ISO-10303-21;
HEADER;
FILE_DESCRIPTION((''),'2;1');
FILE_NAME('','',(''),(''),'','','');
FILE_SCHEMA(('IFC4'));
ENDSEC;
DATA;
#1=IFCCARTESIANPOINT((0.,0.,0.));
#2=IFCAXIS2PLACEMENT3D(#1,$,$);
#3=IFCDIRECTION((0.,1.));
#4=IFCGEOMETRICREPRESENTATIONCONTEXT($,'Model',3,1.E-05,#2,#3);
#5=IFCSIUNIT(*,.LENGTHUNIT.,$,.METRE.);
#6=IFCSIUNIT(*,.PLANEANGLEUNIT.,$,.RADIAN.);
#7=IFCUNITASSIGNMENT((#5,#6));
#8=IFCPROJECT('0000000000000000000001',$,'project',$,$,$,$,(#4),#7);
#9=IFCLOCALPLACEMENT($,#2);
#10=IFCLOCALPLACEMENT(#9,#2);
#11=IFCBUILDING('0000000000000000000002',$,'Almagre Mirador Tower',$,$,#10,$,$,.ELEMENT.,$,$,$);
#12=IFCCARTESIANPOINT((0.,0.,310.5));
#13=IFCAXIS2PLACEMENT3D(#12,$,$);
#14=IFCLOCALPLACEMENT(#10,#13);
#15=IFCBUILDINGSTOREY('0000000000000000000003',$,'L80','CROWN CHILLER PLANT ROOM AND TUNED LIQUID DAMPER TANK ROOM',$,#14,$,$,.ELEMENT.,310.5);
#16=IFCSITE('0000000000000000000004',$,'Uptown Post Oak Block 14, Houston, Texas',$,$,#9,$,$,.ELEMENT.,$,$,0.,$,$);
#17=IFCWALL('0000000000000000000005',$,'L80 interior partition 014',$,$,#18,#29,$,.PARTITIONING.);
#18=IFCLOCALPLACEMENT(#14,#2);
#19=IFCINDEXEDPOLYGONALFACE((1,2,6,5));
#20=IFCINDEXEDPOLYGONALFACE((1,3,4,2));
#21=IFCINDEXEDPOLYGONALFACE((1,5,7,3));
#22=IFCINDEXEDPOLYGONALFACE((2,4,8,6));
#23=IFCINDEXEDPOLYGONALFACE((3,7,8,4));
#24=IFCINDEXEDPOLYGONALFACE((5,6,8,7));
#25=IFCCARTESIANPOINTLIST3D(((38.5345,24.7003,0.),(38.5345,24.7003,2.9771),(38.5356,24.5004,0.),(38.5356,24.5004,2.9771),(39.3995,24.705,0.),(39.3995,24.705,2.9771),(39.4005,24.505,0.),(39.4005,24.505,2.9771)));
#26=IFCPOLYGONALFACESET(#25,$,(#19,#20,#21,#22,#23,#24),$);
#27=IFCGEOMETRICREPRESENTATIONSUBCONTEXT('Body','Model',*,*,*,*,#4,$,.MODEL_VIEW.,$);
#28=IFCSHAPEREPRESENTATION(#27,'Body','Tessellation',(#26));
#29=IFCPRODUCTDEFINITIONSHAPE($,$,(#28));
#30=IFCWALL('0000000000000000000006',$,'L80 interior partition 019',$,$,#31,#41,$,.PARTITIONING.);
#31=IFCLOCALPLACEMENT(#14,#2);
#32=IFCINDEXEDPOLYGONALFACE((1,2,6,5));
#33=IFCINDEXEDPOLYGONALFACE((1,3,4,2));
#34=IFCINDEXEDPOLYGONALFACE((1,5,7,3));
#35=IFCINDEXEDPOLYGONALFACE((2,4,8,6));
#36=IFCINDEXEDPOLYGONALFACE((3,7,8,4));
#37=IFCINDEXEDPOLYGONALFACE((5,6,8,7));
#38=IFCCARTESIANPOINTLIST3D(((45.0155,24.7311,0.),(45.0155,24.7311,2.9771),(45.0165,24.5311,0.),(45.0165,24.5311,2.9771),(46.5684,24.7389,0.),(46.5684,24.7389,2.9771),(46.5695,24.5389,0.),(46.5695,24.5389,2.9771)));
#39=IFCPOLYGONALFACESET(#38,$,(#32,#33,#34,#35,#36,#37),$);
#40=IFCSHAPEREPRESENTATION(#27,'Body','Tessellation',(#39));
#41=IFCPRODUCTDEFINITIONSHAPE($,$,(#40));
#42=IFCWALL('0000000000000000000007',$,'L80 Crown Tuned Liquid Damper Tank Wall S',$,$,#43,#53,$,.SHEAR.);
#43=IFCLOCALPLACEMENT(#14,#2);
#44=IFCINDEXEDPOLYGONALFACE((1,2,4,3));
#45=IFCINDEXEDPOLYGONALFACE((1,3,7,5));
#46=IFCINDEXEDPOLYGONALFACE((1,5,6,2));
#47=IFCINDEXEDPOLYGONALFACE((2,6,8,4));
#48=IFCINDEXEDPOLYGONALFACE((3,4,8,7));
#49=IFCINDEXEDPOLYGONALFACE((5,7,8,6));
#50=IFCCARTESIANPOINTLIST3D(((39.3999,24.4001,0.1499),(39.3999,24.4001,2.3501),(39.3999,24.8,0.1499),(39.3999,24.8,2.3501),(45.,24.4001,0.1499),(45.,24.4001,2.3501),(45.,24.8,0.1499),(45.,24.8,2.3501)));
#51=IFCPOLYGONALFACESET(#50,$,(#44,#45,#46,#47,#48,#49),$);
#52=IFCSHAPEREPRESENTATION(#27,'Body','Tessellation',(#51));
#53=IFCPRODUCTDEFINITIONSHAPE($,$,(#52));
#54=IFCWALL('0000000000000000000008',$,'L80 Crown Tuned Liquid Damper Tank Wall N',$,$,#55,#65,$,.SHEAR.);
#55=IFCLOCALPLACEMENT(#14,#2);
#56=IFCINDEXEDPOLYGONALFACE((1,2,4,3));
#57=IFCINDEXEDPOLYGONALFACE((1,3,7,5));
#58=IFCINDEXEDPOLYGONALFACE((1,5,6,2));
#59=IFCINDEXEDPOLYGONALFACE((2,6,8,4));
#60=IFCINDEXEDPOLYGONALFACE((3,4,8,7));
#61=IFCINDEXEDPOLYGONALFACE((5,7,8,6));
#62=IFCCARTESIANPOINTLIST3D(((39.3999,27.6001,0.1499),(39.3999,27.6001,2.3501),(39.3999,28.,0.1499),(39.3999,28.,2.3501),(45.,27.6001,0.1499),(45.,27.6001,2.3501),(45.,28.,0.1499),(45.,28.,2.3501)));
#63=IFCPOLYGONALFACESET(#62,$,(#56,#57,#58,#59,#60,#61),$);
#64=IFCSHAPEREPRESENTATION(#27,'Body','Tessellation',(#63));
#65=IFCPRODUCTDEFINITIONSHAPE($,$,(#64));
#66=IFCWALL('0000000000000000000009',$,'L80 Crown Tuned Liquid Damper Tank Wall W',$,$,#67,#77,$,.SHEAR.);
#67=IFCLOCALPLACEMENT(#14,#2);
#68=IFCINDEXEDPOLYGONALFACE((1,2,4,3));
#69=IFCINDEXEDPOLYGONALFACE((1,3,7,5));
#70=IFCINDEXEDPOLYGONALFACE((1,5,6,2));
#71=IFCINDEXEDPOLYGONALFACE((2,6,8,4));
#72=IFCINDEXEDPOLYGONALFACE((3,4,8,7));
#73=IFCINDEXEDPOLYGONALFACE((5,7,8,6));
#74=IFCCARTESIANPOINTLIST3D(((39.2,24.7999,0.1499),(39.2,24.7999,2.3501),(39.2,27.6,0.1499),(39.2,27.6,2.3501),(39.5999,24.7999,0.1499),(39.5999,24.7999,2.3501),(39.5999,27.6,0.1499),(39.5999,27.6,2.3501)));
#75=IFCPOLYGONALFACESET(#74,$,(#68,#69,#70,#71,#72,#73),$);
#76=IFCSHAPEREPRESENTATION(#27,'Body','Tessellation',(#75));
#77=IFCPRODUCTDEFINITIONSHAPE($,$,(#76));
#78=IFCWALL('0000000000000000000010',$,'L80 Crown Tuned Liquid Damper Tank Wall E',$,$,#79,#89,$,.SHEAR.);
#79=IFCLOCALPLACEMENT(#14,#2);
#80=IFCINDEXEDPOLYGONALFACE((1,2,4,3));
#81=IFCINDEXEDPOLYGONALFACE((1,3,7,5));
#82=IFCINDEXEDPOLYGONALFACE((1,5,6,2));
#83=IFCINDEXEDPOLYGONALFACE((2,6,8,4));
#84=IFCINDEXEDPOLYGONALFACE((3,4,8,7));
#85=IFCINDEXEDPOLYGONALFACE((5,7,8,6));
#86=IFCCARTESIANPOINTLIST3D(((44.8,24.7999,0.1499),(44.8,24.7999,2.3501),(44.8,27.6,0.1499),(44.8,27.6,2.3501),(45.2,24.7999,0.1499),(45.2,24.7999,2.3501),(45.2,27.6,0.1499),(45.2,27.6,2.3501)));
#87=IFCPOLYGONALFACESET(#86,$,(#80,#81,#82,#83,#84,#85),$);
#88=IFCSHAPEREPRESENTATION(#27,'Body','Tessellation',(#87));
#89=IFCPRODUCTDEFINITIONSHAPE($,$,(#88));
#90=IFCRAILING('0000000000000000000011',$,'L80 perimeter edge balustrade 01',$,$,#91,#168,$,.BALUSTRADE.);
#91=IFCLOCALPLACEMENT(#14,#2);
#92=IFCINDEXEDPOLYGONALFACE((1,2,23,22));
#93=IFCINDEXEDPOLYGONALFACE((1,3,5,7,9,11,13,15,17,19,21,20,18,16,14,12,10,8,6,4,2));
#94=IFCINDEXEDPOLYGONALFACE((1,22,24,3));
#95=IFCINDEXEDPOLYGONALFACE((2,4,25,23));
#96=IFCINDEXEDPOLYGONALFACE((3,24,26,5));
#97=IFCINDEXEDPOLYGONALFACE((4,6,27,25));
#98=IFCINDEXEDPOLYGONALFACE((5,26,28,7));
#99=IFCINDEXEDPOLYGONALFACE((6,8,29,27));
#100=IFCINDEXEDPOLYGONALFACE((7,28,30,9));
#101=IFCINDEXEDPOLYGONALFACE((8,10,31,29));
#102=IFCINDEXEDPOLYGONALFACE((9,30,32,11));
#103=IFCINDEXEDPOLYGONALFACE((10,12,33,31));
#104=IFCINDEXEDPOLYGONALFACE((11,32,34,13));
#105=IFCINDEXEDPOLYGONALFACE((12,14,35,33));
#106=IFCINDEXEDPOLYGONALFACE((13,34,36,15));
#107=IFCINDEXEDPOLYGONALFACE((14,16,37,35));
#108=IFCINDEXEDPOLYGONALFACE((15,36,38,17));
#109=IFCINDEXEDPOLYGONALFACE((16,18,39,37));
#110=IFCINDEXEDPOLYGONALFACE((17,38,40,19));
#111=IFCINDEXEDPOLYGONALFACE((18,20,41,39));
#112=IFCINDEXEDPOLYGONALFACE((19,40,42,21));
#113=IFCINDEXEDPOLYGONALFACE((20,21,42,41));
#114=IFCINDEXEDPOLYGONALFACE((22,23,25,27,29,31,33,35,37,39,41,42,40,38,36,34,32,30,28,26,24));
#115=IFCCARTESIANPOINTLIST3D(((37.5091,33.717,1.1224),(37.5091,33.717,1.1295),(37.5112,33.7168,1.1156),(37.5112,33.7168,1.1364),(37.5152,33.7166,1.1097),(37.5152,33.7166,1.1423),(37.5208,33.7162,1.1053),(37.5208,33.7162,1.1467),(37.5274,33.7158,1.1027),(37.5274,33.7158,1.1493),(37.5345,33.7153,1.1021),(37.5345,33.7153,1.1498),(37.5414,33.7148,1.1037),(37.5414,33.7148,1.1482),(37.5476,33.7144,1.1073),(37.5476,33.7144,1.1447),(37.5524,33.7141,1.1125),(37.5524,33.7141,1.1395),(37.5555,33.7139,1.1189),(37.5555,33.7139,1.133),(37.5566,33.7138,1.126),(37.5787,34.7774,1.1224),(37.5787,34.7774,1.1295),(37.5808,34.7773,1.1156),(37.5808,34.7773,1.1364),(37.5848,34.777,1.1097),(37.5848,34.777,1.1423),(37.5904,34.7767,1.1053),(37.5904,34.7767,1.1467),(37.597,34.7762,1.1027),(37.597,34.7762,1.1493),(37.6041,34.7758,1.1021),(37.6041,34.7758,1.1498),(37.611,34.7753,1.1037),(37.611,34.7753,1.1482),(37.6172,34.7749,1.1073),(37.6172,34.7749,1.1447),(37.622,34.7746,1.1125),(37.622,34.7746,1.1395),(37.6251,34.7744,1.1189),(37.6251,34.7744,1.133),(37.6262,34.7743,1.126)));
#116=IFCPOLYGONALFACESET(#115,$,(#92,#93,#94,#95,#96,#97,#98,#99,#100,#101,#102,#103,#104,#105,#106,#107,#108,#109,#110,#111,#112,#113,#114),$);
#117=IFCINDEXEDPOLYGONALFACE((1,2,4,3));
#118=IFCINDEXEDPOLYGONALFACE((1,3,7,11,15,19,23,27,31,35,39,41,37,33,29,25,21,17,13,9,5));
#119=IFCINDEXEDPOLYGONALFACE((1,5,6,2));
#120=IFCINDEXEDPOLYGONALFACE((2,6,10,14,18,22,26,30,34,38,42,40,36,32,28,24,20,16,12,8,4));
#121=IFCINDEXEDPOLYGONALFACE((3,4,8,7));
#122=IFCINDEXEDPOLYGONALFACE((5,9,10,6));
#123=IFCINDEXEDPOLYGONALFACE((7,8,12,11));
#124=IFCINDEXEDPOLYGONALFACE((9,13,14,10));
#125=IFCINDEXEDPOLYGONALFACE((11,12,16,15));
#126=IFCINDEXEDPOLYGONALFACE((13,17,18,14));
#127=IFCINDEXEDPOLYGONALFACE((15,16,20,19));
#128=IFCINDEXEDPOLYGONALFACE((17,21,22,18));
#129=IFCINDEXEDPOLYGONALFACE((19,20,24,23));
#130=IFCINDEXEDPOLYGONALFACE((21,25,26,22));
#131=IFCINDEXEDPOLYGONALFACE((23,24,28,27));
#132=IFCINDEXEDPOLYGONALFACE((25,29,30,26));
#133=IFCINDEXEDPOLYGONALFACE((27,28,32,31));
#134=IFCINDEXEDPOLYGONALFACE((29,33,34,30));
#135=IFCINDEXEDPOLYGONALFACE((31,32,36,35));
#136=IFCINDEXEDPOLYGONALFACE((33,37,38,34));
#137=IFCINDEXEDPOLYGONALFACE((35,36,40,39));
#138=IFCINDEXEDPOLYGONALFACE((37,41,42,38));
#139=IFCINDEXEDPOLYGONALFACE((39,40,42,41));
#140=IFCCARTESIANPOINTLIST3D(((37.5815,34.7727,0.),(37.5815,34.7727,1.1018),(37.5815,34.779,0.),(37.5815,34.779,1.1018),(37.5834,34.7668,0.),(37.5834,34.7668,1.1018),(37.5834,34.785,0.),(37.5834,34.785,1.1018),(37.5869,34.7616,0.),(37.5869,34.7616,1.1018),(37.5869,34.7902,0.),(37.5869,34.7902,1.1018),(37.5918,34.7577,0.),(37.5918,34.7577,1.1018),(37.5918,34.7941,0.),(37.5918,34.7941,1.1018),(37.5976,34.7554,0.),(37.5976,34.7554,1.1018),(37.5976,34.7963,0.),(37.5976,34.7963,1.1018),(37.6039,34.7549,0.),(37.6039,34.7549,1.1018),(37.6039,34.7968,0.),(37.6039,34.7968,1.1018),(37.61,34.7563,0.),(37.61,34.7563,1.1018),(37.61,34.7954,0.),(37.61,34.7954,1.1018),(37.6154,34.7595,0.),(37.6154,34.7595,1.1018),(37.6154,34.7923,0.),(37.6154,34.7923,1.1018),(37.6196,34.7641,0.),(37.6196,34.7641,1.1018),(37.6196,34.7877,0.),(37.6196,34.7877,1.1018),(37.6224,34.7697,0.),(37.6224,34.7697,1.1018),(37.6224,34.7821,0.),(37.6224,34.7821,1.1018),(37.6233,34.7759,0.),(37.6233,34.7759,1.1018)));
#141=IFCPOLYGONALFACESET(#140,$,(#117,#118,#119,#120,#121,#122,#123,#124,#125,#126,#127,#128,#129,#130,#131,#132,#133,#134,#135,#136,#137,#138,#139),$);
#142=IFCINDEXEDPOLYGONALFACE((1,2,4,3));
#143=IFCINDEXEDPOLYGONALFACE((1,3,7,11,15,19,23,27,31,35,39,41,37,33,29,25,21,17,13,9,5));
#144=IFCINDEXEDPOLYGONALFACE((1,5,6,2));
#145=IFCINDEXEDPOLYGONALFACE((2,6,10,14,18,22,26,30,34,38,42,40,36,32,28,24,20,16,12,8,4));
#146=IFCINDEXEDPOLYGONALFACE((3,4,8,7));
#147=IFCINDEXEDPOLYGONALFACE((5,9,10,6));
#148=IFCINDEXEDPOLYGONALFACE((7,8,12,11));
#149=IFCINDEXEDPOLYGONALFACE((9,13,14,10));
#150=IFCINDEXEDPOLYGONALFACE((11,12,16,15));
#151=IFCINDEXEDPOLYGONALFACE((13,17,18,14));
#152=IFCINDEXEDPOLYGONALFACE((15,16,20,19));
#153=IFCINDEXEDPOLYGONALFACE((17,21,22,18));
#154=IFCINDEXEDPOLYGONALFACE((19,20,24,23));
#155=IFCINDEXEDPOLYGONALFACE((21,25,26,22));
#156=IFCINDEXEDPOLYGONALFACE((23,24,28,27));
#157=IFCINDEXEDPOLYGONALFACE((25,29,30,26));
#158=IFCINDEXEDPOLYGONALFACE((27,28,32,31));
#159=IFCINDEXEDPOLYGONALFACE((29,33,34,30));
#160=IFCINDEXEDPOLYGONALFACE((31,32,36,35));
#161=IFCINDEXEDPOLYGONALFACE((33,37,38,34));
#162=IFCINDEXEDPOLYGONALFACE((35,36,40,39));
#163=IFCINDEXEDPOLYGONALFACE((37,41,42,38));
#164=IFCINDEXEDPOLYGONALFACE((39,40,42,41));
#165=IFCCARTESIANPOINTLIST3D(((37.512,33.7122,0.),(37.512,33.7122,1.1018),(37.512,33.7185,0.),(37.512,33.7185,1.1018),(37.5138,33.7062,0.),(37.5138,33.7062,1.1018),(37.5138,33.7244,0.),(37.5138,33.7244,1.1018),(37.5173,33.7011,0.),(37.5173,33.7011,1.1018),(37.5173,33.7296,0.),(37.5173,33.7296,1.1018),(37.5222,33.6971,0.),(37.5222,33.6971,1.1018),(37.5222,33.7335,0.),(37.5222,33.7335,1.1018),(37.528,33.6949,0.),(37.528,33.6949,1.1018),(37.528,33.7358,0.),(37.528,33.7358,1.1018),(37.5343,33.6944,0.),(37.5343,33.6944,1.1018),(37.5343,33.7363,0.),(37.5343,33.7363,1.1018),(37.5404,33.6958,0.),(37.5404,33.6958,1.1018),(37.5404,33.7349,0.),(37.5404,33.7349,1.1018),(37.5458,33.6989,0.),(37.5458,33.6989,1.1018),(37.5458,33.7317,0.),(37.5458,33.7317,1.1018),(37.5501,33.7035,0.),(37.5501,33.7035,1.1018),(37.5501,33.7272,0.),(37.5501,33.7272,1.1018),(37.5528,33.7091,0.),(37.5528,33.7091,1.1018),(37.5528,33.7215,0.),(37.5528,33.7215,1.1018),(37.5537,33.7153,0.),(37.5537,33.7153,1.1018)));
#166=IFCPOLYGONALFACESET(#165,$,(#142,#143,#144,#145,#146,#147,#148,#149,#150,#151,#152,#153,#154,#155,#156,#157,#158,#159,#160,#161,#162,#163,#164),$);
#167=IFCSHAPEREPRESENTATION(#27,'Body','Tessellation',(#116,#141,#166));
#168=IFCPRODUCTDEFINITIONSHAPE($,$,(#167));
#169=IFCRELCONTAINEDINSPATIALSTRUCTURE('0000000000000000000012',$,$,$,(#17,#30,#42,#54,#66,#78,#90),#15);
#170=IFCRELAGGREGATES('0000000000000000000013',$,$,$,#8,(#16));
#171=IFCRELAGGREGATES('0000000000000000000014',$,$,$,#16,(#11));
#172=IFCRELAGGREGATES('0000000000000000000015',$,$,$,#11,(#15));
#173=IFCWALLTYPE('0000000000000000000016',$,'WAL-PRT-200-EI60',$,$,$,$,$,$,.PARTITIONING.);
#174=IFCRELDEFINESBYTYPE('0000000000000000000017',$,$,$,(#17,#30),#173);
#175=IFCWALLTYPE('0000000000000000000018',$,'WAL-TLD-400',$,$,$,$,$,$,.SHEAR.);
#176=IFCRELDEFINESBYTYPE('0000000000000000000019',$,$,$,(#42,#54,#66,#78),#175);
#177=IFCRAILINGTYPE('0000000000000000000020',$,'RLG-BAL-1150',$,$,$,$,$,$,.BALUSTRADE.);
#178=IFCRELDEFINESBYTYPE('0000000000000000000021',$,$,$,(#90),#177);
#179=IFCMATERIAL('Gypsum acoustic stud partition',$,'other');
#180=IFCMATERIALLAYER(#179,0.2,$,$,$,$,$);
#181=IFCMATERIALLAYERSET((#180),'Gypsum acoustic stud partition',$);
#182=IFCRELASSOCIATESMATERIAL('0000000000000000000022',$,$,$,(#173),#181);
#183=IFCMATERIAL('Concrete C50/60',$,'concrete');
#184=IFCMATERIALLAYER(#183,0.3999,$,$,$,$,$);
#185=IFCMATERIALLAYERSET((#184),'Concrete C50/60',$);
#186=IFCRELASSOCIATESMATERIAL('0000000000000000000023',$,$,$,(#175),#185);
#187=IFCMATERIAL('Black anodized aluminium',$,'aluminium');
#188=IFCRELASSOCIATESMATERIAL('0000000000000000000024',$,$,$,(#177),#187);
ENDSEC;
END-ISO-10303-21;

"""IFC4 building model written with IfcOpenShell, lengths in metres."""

from ifc_helpers import new_model, si_unit, direction, frame, frame_2d, origin, origin_2d, place, context, subcontext, project, spatial, rectangle, circle, extrude, material, layer, layer_set, type_object, element, save


model = new_model("IFC4")

# Units and contexts
model_context = context("Model", 3, precision=1e-05, world=origin(), true_north=direction((0.0, 1.0)))
body_context = subcontext(model_context, "Body", "Model", "MODEL_VIEW")
ifc_project = project(units=[si_unit("LENGTHUNIT", "METRE"), si_unit("PLANEANGLEUNIT", "RADIAN")], contexts=[model_context])

# Site, building, storey
site_placement = place(None, origin())
site = spatial("IfcSite", under=ifc_project, at=site_placement, Name="Uptown Post Oak Block 14, Houston, Texas", CompositionType="ELEMENT", RefElevation=0.0)
building_placement = place(site_placement, origin())
building = spatial("IfcBuilding", under=site, at=building_placement, Name="Almagre Mirador Tower", CompositionType="ELEMENT")
storey_placement = place(building_placement, frame((0.0, 0.0, 310.5)))
storey = spatial("IfcBuildingStorey", under=building, at=storey_placement, Name="L80", Description="CROWN CHILLER PLANT ROOM AND TUNED LIQUID DAMPER TANK ROOM", CompositionType="ELEMENT", Elevation=310.5)

# Shared definitions
ifc_material_1 = material(Name="Gypsum acoustic stud partition", Category="other")
ifc_layer_1 = layer(ifc_material_1, 0.2)
ifc_layer_set_1 = layer_set([ifc_layer_1], Name="Gypsum acoustic stud partition")
wall_type_1 = type_object("IfcWallType", Name="WAL-PRT-200-EI60", PredefinedType="PARTITIONING", material=ifc_layer_set_1)

# Walls
wall_1_placement = place(storey_placement, frame((38.5349, 24.6003, 0.0), z_axis=(0.0, 0.0, 1.0), x_axis=(0.999986, 0.005363, 0.0)))
element("IfcWall", 1, at=wall_1_placement, inside=storey, type_object=wall_type_1, Name="L80 interior partition 014", PredefinedType="PARTITIONING", context=body_context, shape_type="SweptSolid", body=[
    extrude(rectangle(XDim=0.865, YDim=0.2, at=frame_2d((0.4326, 0.0))), origin(), (0.0, 0.0, 1.0), 2.9771),
])
wall_2_placement = place(storey_placement, frame((45.0161, 24.6311, 0.0), z_axis=(0.0, 0.0, 1.0), x_axis=(0.999987, 0.005031, 0.0)))
element("IfcWall", 2, at=wall_2_placement, inside=storey, type_object=wall_type_1, Name="L80 interior partition 019", PredefinedType="PARTITIONING", context=body_context, shape_type="SweptSolid", body=[
    extrude(rectangle(XDim=1.553, YDim=0.2, at=frame_2d((0.7764, 0.0))), origin(), (0.0, 0.0, 1.0), 2.9771),
])
ifc_material_2 = material(Name="Concrete C50/60", Category="concrete")
ifc_layer_2 = layer(ifc_material_2, 0.3999)
ifc_layer_set_2 = layer_set([ifc_layer_2], Name="Concrete C50/60")
wall_type_2 = type_object("IfcWallType", Name="WAL-TLD-400", PredefinedType="SHEAR", material=ifc_layer_set_2)
for number, where, z_axis, x_axis, name in (
    (3, (39.3999, 24.6001, 0.1499), (0.0, 0.0, 1.0), (1.0, 0.0, 0.0), "L80 Crown Tuned Liquid Damper Tank Wall S"),
    (4, (39.3999, 27.8, 0.1499), (0.0, 0.0, 1.0), (1.0, 0.0, 0.0), "L80 Crown Tuned Liquid Damper Tank Wall N"),
):
    element("IfcWall", number, at=place(storey_placement, frame(where, z_axis=z_axis, x_axis=x_axis)), inside=storey, type_object=wall_type_2, Name=name, PredefinedType="SHEAR", context=body_context, shape_type="SweptSolid", body=[
        extrude(rectangle(XDim=5.6001, YDim=0.3999, at=frame_2d((2.8, 0.0))), origin(), (0.0, 0.0, 1.0), 2.2002),
    ])
for number, where, z_axis, x_axis, name in (
    (5, (39.3999, 24.8, 0.1499), (0.0, 0.0, 1.0), (0.0, 1.0, 0.0), "L80 Crown Tuned Liquid Damper Tank Wall W"),
    (6, (45.0, 24.8, 0.1499), (0.0, 0.0, 1.0), (0.0, 1.0, 0.0), "L80 Crown Tuned Liquid Damper Tank Wall E"),
):
    element("IfcWall", number, at=place(storey_placement, frame(where, z_axis=z_axis, x_axis=x_axis)), inside=storey, type_object=wall_type_2, Name=name, PredefinedType="SHEAR", context=body_context, shape_type="SweptSolid", body=[
        extrude(rectangle(XDim=2.8, YDim=0.3999, at=frame_2d((1.3999, 0.0))), origin(), (0.0, 0.0, 1.0), 2.2002),
    ])

# Railing
ifc_material_3 = material(Name="Black anodized aluminium", Category="aluminium")
railing_type = type_object("IfcRailingType", Name="RLG-BAL-1150", PredefinedType="BALUSTRADE", material=ifc_material_3)
railing_1_placement = place(storey_placement, frame((37.6023, 34.7759, 0.0)))
element("IfcRailing", 7, at=railing_1_placement, inside=storey, type_object=railing_type, Name="L80 perimeter edge balustrade 01", PredefinedType="BALUSTRADE", context=body_context, shape_type="SweptSolid", body=[
    extrude(circle(Radius=0.0239, at=origin_2d()), frame((0.0, 0.0, 1.126), z_axis=(-0.065467, -0.997855, 0.0), x_axis=(0.997855, -0.065467, 0.0)), (0.0, 0.0, 1.0), 1.0627),
    extrude(circle(Radius=0.021, at=origin_2d()), origin(), (0.0, 0.0, 1.0), 1.1018),
    extrude(circle(Radius=0.021, at=origin_2d()), frame((-0.0696, -1.0605, 0.0)), (0.0, 0.0, 1.0), 1.1018),
])

save(model, "model.ifc")
